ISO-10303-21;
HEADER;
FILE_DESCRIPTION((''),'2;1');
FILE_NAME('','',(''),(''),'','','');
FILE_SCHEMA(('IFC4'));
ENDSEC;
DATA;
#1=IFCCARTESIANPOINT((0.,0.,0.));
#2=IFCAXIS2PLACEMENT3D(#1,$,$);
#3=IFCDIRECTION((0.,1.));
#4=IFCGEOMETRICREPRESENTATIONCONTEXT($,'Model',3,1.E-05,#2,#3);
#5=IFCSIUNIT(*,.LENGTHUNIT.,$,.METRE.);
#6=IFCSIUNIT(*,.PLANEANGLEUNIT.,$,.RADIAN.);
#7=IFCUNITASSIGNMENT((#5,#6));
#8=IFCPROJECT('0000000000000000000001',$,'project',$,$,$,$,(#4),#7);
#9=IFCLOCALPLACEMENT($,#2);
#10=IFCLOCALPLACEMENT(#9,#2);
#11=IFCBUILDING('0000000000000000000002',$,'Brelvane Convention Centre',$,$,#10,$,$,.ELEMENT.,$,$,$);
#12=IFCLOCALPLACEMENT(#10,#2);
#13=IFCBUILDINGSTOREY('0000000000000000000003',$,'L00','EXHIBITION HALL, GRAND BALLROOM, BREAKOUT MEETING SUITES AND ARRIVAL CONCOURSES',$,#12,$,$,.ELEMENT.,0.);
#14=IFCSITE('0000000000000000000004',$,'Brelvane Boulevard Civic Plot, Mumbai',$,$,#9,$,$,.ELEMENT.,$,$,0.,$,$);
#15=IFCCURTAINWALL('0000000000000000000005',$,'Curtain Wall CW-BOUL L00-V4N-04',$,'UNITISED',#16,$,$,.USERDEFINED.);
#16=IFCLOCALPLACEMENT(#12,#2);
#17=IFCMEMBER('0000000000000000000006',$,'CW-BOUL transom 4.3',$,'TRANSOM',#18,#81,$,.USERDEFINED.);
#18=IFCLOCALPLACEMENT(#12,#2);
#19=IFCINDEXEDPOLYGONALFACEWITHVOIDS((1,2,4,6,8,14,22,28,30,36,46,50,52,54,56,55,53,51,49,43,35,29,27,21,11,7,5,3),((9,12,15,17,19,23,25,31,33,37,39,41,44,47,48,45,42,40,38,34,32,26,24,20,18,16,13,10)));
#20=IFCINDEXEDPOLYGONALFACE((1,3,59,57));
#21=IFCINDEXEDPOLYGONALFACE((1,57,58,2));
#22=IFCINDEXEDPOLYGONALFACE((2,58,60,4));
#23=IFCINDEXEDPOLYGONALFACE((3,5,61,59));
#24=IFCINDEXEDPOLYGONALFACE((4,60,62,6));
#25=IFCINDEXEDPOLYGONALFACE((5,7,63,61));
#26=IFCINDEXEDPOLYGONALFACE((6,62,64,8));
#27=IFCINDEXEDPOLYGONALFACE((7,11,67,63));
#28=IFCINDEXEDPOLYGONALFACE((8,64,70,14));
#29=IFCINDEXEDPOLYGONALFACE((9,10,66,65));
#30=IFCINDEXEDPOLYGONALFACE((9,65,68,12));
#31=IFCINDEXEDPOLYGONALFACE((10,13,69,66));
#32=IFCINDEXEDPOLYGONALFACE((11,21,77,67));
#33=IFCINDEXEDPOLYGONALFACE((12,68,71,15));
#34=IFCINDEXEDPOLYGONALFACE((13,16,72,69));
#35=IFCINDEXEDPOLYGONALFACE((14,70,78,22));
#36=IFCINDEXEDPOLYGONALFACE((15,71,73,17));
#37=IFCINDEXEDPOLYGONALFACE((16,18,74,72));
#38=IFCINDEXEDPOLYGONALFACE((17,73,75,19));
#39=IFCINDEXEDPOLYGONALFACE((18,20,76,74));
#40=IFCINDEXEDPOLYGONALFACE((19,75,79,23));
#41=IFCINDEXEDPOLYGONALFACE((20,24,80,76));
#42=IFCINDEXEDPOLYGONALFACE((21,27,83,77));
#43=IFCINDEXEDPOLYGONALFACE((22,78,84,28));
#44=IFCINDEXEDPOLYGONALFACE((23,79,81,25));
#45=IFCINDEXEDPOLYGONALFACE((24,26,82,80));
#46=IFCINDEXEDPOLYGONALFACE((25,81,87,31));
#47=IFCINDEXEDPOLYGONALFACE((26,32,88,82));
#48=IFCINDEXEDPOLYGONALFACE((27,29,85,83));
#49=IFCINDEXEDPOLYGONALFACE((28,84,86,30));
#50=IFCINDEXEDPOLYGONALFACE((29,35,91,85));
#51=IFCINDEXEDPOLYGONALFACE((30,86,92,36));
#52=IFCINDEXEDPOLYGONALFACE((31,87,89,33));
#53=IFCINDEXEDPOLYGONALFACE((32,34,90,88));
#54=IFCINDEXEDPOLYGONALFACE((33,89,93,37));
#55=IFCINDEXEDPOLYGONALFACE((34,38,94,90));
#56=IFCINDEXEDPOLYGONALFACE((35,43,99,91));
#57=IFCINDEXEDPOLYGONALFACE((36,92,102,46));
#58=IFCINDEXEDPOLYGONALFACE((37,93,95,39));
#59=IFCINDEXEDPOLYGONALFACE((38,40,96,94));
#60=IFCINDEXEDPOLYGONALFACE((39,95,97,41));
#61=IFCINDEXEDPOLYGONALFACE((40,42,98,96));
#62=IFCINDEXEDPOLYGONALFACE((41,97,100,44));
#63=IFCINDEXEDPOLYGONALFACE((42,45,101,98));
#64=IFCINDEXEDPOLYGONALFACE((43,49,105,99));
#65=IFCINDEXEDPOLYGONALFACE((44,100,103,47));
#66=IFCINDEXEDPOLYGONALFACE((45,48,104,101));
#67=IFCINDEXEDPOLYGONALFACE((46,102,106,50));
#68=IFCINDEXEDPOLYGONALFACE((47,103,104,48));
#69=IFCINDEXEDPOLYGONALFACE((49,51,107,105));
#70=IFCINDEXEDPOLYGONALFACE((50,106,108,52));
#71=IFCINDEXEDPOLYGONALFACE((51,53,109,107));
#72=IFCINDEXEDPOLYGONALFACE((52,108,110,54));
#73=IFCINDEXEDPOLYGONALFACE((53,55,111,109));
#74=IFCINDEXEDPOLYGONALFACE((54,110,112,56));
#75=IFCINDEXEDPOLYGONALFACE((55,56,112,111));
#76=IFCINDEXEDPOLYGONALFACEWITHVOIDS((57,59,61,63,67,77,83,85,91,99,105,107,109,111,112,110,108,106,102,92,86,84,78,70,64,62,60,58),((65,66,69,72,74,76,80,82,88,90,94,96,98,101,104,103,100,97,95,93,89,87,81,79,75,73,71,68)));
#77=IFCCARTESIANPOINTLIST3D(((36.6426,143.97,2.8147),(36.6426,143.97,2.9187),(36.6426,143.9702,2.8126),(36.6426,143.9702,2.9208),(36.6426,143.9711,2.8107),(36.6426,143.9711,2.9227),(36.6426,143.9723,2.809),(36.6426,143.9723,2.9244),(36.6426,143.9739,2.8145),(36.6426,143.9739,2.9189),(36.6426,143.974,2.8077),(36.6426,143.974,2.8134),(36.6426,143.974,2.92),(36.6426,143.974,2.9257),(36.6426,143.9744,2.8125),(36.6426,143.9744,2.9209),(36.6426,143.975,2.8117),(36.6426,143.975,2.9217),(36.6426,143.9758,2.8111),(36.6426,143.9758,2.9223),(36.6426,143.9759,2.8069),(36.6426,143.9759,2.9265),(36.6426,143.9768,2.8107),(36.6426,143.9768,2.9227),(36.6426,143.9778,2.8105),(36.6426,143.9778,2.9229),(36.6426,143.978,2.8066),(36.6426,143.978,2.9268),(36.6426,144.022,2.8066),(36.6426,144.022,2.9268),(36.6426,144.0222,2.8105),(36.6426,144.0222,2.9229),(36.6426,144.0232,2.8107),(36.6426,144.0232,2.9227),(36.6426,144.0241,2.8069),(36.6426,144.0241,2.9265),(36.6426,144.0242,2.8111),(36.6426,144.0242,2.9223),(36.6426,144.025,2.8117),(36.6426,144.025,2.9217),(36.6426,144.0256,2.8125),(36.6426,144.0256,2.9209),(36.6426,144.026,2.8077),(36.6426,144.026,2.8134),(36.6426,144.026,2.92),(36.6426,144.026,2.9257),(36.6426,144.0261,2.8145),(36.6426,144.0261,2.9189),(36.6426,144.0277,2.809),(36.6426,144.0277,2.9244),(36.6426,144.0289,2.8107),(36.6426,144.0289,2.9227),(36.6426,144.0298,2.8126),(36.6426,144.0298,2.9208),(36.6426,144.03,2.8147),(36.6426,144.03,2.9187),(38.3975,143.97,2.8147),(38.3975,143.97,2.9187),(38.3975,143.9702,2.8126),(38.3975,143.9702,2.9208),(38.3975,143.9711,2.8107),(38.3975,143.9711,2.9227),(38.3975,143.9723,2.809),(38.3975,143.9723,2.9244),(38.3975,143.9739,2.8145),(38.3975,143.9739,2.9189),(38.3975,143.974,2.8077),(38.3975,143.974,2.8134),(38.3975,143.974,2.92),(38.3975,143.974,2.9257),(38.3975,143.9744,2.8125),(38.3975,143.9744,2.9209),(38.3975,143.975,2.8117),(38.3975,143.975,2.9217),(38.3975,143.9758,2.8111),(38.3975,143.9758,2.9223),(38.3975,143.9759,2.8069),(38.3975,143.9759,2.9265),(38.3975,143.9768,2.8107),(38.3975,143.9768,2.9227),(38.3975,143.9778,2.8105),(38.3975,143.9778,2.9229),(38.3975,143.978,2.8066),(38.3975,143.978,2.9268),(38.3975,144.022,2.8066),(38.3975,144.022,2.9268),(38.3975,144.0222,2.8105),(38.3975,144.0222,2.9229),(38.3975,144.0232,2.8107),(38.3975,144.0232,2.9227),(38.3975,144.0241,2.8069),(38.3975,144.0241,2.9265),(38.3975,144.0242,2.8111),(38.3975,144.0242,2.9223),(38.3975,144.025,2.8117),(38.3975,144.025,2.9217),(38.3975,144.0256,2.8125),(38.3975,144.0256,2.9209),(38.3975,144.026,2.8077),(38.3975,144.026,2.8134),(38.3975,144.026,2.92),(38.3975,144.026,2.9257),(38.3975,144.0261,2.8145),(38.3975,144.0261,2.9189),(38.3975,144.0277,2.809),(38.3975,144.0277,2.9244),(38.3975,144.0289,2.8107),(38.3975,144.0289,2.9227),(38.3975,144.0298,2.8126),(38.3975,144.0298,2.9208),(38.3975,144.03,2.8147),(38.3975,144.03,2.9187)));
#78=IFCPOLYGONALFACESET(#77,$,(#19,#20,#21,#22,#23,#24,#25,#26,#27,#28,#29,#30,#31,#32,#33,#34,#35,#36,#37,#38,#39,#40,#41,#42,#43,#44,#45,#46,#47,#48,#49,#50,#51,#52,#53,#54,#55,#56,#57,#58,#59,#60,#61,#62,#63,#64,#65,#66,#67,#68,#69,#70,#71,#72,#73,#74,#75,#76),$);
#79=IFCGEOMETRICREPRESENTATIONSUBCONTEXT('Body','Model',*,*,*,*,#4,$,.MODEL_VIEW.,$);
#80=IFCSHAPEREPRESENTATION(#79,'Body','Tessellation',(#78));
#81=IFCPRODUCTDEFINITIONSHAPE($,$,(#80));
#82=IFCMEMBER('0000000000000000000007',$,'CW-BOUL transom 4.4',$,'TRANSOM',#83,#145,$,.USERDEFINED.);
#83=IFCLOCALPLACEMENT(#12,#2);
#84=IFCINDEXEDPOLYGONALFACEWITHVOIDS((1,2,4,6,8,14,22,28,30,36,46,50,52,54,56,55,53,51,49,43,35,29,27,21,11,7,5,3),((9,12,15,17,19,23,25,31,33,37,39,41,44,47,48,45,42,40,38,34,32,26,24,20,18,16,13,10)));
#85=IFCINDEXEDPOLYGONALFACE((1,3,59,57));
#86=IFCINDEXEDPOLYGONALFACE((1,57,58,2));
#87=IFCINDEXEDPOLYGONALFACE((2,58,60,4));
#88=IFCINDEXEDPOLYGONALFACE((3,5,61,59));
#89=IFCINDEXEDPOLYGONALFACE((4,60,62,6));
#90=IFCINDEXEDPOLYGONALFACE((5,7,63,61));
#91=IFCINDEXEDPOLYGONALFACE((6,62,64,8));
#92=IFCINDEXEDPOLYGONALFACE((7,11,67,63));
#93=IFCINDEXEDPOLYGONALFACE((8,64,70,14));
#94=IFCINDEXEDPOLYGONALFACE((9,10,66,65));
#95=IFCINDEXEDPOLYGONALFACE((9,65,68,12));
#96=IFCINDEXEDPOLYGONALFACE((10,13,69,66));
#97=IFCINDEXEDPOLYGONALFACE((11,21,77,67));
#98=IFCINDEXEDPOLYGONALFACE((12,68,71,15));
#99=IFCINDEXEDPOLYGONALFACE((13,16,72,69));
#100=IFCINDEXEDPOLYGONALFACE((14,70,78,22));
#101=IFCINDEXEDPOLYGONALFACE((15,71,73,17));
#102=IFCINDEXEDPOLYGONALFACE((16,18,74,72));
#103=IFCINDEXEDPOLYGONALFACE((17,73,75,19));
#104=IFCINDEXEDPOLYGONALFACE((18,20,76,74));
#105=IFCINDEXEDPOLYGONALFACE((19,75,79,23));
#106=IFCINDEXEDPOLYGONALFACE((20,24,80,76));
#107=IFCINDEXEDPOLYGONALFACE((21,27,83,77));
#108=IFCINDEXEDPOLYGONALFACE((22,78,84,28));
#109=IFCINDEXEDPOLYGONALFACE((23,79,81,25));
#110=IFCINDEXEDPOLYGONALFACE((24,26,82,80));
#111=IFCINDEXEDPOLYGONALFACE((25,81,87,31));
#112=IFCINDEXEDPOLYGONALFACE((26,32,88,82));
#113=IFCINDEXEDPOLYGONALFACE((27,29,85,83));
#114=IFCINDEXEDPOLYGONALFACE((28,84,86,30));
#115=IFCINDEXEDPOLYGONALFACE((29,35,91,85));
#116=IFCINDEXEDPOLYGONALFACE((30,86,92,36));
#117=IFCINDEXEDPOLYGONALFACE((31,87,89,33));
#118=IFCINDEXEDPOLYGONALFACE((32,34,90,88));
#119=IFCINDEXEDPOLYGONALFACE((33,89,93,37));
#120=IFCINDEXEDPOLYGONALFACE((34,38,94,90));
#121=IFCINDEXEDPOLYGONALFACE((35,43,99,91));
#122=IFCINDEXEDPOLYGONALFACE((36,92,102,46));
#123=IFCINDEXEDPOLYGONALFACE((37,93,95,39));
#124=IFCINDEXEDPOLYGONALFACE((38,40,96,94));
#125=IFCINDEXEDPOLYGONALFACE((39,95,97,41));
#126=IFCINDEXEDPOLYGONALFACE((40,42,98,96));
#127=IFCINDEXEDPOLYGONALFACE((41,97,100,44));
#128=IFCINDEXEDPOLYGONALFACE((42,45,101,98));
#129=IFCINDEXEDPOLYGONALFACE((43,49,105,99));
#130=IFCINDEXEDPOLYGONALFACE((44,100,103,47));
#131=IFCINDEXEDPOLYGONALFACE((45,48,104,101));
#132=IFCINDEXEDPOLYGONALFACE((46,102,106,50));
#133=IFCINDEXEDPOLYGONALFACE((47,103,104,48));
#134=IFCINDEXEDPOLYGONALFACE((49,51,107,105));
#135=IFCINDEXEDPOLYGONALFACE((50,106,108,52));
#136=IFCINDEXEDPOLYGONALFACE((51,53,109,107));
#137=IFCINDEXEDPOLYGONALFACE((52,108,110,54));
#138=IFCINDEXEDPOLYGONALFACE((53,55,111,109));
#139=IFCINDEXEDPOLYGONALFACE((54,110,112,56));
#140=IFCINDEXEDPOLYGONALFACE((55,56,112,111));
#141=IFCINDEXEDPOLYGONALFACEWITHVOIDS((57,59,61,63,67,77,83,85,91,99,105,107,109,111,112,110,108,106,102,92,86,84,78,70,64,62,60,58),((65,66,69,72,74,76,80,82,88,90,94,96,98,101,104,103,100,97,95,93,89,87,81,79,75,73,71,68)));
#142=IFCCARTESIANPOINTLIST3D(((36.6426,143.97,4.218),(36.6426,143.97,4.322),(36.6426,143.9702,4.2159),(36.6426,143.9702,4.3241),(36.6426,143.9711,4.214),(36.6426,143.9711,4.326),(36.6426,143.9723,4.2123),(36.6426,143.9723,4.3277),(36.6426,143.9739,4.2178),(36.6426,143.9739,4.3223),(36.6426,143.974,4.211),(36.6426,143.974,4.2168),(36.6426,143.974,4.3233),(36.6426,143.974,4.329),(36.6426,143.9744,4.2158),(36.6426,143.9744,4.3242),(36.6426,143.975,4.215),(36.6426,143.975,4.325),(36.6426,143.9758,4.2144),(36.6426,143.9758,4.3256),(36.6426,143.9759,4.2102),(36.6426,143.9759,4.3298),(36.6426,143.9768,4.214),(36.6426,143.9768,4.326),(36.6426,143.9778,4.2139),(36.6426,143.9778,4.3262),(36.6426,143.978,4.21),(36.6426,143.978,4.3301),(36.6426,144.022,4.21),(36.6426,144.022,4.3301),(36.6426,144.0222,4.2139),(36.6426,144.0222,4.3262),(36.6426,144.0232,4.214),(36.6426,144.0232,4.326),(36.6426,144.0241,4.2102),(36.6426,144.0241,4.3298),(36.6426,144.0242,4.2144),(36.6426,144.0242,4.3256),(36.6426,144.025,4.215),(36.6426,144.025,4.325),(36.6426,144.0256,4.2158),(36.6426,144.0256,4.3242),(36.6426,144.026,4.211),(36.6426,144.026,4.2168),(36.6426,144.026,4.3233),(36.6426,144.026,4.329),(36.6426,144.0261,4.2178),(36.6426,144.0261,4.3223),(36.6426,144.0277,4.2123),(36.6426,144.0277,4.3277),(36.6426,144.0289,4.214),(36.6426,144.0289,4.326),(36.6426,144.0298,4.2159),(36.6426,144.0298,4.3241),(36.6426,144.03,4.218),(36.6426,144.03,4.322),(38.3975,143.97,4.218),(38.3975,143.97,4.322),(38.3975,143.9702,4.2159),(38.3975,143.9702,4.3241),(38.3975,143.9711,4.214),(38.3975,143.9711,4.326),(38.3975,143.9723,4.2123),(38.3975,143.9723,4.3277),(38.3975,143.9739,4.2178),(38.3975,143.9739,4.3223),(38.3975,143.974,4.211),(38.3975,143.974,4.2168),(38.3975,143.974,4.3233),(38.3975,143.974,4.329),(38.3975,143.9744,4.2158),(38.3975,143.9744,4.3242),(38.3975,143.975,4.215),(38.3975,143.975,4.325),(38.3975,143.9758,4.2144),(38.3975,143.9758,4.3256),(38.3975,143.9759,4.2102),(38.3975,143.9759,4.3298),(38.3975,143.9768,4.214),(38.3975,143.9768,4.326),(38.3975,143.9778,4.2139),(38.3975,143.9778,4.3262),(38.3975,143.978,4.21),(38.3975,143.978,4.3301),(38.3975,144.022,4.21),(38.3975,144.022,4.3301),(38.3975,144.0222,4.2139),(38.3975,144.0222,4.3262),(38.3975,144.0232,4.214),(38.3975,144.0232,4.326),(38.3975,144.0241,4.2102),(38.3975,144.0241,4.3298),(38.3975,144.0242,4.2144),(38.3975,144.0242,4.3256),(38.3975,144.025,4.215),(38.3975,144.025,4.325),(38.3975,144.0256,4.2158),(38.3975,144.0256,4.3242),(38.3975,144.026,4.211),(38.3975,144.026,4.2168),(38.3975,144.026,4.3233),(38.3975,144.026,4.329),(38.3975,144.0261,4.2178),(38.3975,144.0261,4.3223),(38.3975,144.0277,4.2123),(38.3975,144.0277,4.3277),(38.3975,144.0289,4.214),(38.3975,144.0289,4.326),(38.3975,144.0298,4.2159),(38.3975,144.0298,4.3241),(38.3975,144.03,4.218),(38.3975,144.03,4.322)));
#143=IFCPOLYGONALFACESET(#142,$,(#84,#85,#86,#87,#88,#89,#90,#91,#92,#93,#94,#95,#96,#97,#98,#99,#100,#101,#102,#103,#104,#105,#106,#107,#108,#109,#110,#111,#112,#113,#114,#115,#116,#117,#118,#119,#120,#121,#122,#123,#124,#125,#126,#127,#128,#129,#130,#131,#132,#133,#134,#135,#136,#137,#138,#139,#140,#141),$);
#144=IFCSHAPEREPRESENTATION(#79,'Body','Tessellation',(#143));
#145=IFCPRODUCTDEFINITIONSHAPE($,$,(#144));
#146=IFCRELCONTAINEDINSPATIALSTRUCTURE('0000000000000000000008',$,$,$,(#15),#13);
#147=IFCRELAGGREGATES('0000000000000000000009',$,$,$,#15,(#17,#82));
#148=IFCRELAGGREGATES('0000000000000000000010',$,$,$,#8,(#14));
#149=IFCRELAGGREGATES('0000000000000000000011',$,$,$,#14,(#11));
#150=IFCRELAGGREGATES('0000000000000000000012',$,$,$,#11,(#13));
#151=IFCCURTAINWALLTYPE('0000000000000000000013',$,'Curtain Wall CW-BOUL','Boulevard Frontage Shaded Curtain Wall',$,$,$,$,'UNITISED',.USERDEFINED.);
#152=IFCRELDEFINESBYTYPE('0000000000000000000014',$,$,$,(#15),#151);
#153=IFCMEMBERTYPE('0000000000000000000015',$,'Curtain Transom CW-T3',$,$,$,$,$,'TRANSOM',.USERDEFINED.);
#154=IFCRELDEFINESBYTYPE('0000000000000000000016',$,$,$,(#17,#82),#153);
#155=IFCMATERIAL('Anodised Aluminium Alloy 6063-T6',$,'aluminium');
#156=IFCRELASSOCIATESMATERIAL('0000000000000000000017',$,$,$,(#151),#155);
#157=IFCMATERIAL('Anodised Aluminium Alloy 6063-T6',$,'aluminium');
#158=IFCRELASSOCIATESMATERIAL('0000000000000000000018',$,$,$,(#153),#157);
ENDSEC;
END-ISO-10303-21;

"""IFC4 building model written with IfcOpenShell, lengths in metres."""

from ifc_helpers import new_model, si_unit, direction, frame, origin, origin_2d, place, context, subcontext, project, spatial, hollow_rectangle, extrude, material, material_profile, profile_set, type_object, element, aggregate, save


model = new_model("IFC4")

# Units and contexts
model_context = context("Model", 3, precision=1e-05, world=origin(), true_north=direction((0.0, 1.0)))
body_context = subcontext(model_context, "Body", "Model", "MODEL_VIEW")
ifc_project = project(units=[si_unit("LENGTHUNIT", "METRE"), si_unit("PLANEANGLEUNIT", "RADIAN")], contexts=[model_context])

# Site, building, storey
site_placement = place(None, origin())
site = spatial("IfcSite", under=ifc_project, at=site_placement, Name="Brelvane Boulevard Civic Plot, Mumbai", CompositionType="ELEMENT", RefElevation=0.0)
building_placement = place(site_placement, origin())
building = spatial("IfcBuilding", under=site, at=building_placement, Name="Brelvane Convention Centre", CompositionType="ELEMENT")
storey_placement = place(building_placement, origin())
storey = spatial("IfcBuildingStorey", under=building, at=storey_placement, Name="L00", Description="EXHIBITION HALL, GRAND BALLROOM, BREAKOUT MEETING SUITES AND ARRIVAL CONCOURSES", CompositionType="ELEMENT", Elevation=0.0)

# Curtain wall, members
ifc_material_1 = material(Name="Anodised Aluminium Alloy 6063-T6", Category="aluminium")
curtain_wall_type = type_object("IfcCurtainWallType", Name="Curtain Wall CW-BOUL", Description="Boulevard Frontage Shaded Curtain Wall", ElementType="UNITISED", PredefinedType="USERDEFINED", material=ifc_material_1)
curtain_wall_placement = place(storey_placement, origin())
curtain_wall = element("IfcCurtainWall", 1, at=curtain_wall_placement, inside=storey, type_object=curtain_wall_type, Name="Curtain Wall CW-BOUL L00-V4N-04", ObjectType="UNITISED", PredefinedType="USERDEFINED")
ifc_material_2 = material(Name="Anodised Aluminium Alloy 6063-T6", Category="aluminium")
ifc_material_profile_1 = material_profile(ifc_material_2, hollow_rectangle(XDim=0.0601, YDim=0.1201, WallThickness=0.0039, InnerFilletRadius=0.0039, OuterFilletRadius=0.0081, at=origin_2d()), Name="ALU-T 120x60x4.0")
ifc_profile_set_1 = profile_set([ifc_material_profile_1], Name="Anodised Aluminium Alloy 6063-T6")
member_type_1 = type_object("IfcMemberType", Name="Curtain Transom CW-T3", ElementType="TRANSOM", PredefinedType="USERDEFINED", material=ifc_profile_set_1)
member_1_placement = place(storey_placement, frame((36.6426, 144.0, 2.8667), z_axis=(1.0, 0.0, 0.0), x_axis=(0.0, 1.0, 0.0)))
member_1 = element("IfcMember", 2, at=member_1_placement, type_object=member_type_1, Name="CW-BOUL transom 4.3", ObjectType="TRANSOM", PredefinedType="USERDEFINED", context=body_context, shape_type="SweptSolid", body=[
    extrude(hollow_rectangle(XDim=0.0601, YDim=0.1201, WallThickness=0.0039, InnerFilletRadius=0.0039, OuterFilletRadius=0.0081, at=origin_2d()), origin(), (0.0, 0.0, 1.0), 1.7549),
])
member_2_placement = place(storey_placement, frame((36.6426, 144.0, 4.27), z_axis=(1.0, 0.0, 0.0), x_axis=(0.0, 1.0, 0.0)))
member_2 = element("IfcMember", 3, at=member_2_placement, type_object=member_type_1, Name="CW-BOUL transom 4.4", ObjectType="TRANSOM", PredefinedType="USERDEFINED", context=body_context, shape_type="SweptSolid", body=[
    extrude(hollow_rectangle(XDim=0.0601, YDim=0.1201, WallThickness=0.0039, InnerFilletRadius=0.0039, OuterFilletRadius=0.0081, at=origin_2d()), origin(), (0.0, 0.0, 1.0), 1.7549),
])

aggregate(curtain_wall, [member_1, member_2])

save(model, "model.ifc")
